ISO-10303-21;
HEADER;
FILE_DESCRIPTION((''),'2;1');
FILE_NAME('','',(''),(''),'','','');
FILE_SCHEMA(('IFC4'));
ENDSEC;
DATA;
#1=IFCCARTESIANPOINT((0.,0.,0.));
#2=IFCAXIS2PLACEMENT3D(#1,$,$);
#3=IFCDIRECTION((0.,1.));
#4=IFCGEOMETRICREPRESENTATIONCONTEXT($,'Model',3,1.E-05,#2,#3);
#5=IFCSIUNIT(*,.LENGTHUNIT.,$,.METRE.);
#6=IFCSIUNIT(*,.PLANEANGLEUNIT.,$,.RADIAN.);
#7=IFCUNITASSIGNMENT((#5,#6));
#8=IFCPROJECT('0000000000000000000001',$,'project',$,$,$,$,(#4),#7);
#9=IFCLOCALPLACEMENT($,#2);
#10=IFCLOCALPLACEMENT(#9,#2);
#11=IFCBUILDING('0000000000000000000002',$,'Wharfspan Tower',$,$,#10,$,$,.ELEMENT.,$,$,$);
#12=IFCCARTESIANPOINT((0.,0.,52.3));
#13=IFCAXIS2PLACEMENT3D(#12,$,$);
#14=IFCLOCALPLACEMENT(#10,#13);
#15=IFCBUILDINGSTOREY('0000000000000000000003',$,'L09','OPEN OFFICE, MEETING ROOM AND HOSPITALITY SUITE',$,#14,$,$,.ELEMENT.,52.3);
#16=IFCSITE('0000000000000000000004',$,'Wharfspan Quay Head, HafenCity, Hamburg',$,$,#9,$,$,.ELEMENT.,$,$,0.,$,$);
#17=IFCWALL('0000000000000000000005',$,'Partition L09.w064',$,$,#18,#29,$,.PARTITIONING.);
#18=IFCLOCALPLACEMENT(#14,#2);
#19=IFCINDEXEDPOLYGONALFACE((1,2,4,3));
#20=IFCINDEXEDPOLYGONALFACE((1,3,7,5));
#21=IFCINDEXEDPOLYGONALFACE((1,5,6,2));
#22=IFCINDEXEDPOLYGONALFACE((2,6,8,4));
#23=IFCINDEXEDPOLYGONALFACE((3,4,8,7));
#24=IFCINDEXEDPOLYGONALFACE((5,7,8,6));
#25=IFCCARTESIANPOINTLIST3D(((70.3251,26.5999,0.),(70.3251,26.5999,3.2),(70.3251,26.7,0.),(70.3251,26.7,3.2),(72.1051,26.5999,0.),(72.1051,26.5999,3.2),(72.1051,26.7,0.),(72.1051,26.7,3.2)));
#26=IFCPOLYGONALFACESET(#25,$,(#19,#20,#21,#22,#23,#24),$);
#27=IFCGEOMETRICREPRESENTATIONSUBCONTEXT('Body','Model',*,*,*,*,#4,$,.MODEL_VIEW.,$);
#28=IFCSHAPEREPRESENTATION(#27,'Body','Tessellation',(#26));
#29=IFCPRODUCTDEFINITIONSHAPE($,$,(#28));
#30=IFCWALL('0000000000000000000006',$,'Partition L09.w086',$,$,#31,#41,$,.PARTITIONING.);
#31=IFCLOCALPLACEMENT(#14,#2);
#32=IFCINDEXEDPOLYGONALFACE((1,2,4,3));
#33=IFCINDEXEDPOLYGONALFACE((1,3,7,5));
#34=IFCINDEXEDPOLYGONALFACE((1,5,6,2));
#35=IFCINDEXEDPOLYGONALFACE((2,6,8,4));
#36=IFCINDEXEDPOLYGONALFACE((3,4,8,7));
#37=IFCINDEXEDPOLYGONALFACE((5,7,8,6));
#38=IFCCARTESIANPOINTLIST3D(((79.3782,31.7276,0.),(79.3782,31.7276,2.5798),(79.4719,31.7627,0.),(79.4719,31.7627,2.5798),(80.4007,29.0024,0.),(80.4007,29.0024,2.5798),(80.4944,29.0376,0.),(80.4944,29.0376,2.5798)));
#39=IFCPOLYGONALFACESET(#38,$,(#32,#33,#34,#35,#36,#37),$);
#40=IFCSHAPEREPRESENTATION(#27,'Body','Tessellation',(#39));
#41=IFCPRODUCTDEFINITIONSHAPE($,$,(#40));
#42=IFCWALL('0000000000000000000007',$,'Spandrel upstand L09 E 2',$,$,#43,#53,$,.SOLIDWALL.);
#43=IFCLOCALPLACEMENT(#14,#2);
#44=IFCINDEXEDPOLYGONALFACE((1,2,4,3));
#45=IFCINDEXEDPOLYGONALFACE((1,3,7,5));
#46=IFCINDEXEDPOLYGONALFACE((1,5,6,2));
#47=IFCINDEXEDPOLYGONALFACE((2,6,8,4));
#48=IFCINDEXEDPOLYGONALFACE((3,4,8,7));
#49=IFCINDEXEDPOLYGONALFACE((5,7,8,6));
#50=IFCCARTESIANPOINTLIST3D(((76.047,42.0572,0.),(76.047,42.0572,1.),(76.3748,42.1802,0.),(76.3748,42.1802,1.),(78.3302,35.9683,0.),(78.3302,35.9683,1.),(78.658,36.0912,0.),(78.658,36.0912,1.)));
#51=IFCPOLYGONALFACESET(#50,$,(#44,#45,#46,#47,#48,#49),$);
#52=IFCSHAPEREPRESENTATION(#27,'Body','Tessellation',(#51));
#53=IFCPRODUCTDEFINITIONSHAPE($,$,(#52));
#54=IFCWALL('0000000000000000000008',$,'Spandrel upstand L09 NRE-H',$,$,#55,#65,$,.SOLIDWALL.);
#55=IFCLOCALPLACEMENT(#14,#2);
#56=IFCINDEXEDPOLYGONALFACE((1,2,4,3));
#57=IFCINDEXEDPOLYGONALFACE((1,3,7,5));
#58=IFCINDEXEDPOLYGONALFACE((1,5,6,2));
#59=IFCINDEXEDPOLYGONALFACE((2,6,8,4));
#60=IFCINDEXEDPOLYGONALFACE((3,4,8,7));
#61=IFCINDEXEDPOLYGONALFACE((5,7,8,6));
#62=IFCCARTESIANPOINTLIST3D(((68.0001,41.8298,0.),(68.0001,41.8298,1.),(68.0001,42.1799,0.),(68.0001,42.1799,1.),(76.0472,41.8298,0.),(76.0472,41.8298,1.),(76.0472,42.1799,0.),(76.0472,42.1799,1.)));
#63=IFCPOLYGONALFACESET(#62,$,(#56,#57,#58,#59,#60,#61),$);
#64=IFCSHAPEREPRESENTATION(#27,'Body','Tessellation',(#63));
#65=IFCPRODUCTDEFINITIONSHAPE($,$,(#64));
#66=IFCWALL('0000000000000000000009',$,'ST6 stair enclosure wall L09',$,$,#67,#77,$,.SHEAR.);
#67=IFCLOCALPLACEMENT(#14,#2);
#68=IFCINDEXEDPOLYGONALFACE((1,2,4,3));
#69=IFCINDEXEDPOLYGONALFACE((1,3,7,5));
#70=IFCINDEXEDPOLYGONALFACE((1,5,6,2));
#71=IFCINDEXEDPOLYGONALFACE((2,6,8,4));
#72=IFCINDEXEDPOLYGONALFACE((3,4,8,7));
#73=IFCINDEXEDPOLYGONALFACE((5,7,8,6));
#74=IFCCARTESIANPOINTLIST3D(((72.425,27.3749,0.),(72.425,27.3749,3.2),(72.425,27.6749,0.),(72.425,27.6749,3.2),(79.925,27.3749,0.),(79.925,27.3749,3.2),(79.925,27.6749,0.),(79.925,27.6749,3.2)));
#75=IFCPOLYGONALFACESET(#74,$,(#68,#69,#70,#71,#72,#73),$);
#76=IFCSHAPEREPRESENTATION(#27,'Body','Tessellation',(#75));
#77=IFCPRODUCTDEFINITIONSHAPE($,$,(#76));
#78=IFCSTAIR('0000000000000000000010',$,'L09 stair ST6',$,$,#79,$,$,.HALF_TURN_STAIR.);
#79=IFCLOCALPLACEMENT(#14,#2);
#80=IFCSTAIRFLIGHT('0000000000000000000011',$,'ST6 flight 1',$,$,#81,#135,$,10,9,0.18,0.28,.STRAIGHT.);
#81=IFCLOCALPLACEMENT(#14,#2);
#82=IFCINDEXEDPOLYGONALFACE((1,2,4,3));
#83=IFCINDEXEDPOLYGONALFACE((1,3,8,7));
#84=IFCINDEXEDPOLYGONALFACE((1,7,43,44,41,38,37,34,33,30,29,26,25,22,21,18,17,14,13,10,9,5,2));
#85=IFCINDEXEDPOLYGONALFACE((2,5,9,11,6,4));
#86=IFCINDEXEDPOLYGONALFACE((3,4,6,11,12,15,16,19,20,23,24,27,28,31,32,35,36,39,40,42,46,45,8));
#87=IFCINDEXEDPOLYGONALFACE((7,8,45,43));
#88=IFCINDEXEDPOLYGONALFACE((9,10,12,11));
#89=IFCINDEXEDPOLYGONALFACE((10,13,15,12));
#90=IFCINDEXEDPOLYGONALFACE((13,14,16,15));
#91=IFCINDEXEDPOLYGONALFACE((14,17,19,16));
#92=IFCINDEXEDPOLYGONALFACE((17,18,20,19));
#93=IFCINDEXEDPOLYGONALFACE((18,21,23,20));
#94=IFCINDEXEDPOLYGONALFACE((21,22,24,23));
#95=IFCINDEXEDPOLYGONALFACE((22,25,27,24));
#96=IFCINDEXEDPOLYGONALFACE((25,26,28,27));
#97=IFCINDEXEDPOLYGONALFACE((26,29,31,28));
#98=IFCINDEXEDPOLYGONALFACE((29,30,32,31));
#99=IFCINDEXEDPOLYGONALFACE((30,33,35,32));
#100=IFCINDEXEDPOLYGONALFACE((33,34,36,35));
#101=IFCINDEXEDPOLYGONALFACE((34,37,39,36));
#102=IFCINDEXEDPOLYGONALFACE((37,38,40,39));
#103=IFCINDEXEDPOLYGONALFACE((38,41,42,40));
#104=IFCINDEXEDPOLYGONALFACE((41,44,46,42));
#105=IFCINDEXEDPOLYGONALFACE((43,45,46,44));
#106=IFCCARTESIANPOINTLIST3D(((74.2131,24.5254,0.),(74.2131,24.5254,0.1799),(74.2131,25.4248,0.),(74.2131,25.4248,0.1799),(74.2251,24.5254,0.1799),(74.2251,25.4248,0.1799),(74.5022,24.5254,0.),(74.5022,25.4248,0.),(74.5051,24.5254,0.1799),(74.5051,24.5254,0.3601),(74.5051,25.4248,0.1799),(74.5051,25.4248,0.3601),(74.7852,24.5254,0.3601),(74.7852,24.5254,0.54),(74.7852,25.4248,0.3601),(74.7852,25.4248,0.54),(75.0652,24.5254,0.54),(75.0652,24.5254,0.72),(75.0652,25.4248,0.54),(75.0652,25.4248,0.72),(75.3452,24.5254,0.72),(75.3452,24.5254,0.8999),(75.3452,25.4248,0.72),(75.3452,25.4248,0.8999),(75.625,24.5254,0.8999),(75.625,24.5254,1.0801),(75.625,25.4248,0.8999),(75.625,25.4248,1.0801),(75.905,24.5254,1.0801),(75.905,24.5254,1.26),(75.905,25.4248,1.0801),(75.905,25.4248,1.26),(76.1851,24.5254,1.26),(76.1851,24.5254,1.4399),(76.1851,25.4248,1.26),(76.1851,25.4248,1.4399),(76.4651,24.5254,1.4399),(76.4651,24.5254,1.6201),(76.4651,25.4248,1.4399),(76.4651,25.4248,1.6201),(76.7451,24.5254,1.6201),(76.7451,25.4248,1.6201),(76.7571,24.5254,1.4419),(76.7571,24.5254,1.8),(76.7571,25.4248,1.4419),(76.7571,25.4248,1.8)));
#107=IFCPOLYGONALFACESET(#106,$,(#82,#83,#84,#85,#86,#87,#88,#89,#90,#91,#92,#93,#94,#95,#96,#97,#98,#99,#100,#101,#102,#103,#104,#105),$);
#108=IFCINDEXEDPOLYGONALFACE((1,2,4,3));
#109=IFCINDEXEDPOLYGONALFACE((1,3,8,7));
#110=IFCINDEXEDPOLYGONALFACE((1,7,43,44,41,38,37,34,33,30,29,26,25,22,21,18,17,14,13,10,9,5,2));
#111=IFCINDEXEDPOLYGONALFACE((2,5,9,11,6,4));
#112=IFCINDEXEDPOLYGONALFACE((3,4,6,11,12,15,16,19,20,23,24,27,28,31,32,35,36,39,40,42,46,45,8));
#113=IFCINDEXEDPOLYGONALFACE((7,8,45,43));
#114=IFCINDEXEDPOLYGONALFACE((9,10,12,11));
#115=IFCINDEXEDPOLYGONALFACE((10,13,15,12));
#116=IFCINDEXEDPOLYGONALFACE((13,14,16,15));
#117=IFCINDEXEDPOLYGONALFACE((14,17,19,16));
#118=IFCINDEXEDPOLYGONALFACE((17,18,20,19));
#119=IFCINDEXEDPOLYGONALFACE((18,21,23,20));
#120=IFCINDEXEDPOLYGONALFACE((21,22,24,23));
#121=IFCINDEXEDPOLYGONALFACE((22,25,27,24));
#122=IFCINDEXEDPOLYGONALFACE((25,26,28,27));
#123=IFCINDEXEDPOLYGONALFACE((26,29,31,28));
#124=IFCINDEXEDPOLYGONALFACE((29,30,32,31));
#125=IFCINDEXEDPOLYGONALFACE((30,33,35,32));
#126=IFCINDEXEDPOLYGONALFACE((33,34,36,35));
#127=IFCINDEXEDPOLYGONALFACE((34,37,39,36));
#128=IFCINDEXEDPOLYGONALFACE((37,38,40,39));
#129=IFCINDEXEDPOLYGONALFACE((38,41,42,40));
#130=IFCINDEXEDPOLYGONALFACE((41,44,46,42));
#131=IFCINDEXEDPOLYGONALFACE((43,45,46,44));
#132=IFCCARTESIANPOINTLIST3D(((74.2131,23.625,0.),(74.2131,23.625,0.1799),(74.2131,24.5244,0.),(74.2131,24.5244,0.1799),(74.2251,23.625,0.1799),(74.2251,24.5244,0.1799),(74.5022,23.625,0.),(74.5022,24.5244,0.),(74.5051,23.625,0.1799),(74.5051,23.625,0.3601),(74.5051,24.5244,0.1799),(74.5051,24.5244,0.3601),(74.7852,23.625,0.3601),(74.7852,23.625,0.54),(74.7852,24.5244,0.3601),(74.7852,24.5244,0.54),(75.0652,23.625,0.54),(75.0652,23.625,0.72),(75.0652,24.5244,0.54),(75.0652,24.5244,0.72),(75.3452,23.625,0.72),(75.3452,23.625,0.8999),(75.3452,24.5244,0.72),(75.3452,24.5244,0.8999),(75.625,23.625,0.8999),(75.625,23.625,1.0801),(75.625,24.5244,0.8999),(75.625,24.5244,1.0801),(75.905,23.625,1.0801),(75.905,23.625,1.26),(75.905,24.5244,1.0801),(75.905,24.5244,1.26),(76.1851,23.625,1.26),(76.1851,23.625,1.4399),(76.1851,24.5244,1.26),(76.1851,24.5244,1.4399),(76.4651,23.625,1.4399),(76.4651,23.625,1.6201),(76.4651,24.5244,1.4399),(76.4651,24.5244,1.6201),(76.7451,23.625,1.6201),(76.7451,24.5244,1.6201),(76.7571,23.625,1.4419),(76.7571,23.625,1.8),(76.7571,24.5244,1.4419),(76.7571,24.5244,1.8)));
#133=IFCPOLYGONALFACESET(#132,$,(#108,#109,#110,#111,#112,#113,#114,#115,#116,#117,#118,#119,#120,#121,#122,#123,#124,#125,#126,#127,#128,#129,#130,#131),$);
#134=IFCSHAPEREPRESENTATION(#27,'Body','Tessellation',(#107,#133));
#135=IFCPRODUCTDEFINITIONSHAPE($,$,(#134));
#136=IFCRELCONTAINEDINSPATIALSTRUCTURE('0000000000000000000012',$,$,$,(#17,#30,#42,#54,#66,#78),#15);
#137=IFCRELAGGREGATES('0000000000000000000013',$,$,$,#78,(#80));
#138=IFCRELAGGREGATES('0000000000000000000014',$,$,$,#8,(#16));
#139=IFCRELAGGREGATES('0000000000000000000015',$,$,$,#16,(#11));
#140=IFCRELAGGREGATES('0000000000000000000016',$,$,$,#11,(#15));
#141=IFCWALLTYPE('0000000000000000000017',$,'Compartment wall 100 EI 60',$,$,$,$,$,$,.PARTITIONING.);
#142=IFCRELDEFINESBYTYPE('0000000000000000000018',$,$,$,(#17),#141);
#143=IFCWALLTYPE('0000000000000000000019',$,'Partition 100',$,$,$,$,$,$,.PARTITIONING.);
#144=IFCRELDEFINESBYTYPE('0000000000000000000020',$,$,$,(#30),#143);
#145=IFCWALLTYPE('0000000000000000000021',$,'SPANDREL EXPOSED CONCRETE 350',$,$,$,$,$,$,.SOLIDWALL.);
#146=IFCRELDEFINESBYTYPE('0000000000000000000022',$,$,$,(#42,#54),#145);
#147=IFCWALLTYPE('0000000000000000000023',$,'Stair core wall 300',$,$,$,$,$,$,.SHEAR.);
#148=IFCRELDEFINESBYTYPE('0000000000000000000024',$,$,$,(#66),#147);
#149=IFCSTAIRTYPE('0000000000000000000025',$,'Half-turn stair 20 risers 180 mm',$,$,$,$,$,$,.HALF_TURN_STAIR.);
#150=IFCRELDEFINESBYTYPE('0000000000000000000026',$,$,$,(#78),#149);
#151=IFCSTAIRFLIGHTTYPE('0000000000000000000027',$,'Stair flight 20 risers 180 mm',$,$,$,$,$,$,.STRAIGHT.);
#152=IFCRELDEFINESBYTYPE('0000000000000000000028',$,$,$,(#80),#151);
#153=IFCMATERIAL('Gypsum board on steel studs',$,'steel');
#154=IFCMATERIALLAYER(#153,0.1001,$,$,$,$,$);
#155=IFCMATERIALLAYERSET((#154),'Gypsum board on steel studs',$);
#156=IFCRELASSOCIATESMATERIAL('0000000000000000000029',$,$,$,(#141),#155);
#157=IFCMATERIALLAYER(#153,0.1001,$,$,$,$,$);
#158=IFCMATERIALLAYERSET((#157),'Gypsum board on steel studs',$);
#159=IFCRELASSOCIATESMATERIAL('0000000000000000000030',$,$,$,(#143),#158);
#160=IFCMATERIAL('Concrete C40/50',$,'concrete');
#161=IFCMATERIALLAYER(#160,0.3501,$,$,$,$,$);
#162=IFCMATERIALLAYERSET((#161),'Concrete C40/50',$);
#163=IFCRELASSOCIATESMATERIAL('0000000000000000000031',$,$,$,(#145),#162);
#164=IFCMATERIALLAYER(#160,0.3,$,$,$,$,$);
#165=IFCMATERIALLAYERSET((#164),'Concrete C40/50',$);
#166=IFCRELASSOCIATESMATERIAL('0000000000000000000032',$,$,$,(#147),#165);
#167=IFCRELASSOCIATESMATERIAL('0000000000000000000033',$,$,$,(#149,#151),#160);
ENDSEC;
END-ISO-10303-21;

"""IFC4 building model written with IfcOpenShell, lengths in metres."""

from ifc_helpers import new_model, si_unit, direction, frame, frame_2d, origin, place, context, subcontext, project, spatial, polyline, rectangle, outline, extrude, material, layer, layer_set, type_object, element, aggregate, save


model = new_model("IFC4")

# Units and contexts
model_context = context("Model", 3, precision=1e-05, world=origin(), true_north=direction((0.0, 1.0)))
body_context = subcontext(model_context, "Body", "Model", "MODEL_VIEW")
ifc_project = project(units=[si_unit("LENGTHUNIT", "METRE"), si_unit("PLANEANGLEUNIT", "RADIAN")], contexts=[model_context])

# Site, building, storey
site_placement = place(None, origin())
site = spatial("IfcSite", under=ifc_project, at=site_placement, Name="Wharfspan Quay Head, HafenCity, Hamburg", CompositionType="ELEMENT", RefElevation=0.0)
building_placement = place(site_placement, origin())
building = spatial("IfcBuilding", under=site, at=building_placement, Name="Wharfspan Tower", CompositionType="ELEMENT")
storey_placement = place(building_placement, frame((0.0, 0.0, 52.3)))
storey = spatial("IfcBuildingStorey", under=building, at=storey_placement, Name="L09", Description="OPEN OFFICE, MEETING ROOM AND HOSPITALITY SUITE", CompositionType="ELEMENT", Elevation=52.3)

# Walls
ifc_material_1 = material(Name="Gypsum board on steel studs", Category="steel")
ifc_layer_1 = layer(ifc_material_1, 0.1001)
ifc_layer_set_1 = layer_set([ifc_layer_1], Name="Gypsum board on steel studs")
wall_type_1 = type_object("IfcWallType", Name="Compartment wall 100 EI 60", PredefinedType="PARTITIONING", material=ifc_layer_set_1)
wall_1_placement = place(storey_placement, frame((70.325, 26.6499, 0.0), z_axis=(0.0, 0.0, 1.0), x_axis=(1.0, 0.0, 0.0)))
element("IfcWall", 1, at=wall_1_placement, inside=storey, type_object=wall_type_1, Name="Partition L09.w064", PredefinedType="PARTITIONING", context=body_context, shape_type="SweptSolid", body=[
    extrude(rectangle(XDim=1.78, YDim=0.1001, at=frame_2d((0.8901, 0.0))), origin(), (0.0, 0.0, 1.0), 3.2),
])
ifc_layer_2 = layer(ifc_material_1, 0.1001)
ifc_layer_set_2 = layer_set([ifc_layer_2], Name="Gypsum board on steel studs")
wall_type_2 = type_object("IfcWallType", Name="Partition 100", PredefinedType="PARTITIONING", material=ifc_layer_set_2)
wall_2_placement = place(storey_placement, frame((80.4475, 29.02, 0.0), z_axis=(0.0, 0.0, 1.0), x_axis=(-0.35129, 0.93627, 0.0)))
element("IfcWall", 2, at=wall_2_placement, inside=storey, type_object=wall_type_2, Name="Partition L09.w086", PredefinedType="PARTITIONING", context=body_context, shape_type="SweptSolid", body=[
    extrude(rectangle(XDim=2.9106, YDim=0.1001, at=frame_2d((1.4553, 0.0))), origin(), (0.0, 0.0, 1.0), 2.5798),
])
ifc_material_2 = material(Name="Concrete C40/50", Category="concrete")
ifc_layer_3 = layer(ifc_material_2, 0.3501)
ifc_layer_set_3 = layer_set([ifc_layer_3], Name="Concrete C40/50")
wall_type_3 = type_object("IfcWallType", Name="SPANDREL EXPOSED CONCRETE 350", PredefinedType="SOLIDWALL", material=ifc_layer_set_3)
wall_3_placement = place(storey_placement, frame((78.4941, 36.0298, 0.0), z_axis=(0.0, 0.0, 1.0), x_axis=(-0.351108, 0.936338, 0.0)))
element("IfcWall", 3, at=wall_3_placement, inside=storey, type_object=wall_type_3, Name="Spandrel upstand L09 E 2", PredefinedType="SOLIDWALL", context=body_context, shape_type="SweptSolid", body=[
    extrude(rectangle(XDim=6.5029, YDim=0.3501, at=frame_2d((3.2515, 0.0))), origin(), (0.0, 0.0, 1.0), 1.0),
])
wall_4_placement = place(storey_placement, frame((76.0471, 42.0049, 0.0), z_axis=(0.0, 0.0, 1.0), x_axis=(-1.0, 0.0, 0.0)))
element("IfcWall", 4, at=wall_4_placement, inside=storey, type_object=wall_type_3, Name="Spandrel upstand L09 NRE-H", PredefinedType="SOLIDWALL", context=body_context, shape_type="SweptSolid", body=[
    extrude(rectangle(XDim=8.0471, YDim=0.3501, at=frame_2d((4.0234, 0.0))), origin(), (0.0, 0.0, 1.0), 1.0),
])
ifc_layer_4 = layer(ifc_material_2, 0.3)
ifc_layer_set_4 = layer_set([ifc_layer_4], Name="Concrete C40/50")
wall_type_4 = type_object("IfcWallType", Name="Stair core wall 300", PredefinedType="SHEAR", material=ifc_layer_set_4)
wall_5_placement = place(storey_placement, frame((72.425, 27.5249, 0.0), z_axis=(0.0, 0.0, 1.0), x_axis=(1.0, 0.0, 0.0)))
element("IfcWall", 5, at=wall_5_placement, inside=storey, type_object=wall_type_4, Name="ST6 stair enclosure wall L09", PredefinedType="SHEAR", context=body_context, shape_type="SweptSolid", body=[
    extrude(rectangle(XDim=7.5, YDim=0.3, at=frame_2d((3.75, 0.0))), origin(), (0.0, 0.0, 1.0), 3.2),
])

# Stair, stair flight
stair_type = type_object("IfcStairType", Name="Half-turn stair 20 risers 180 mm", PredefinedType="HALF_TURN_STAIR", material=ifc_material_2)
stair_placement = place(storey_placement, origin())
stair = element("IfcStair", 6, at=stair_placement, inside=storey, type_object=stair_type, Name="L09 stair ST6", PredefinedType="HALF_TURN_STAIR")
stair_flight_type = type_object("IfcStairFlightType", Name="Stair flight 20 risers 180 mm", PredefinedType="STRAIGHT", material=ifc_material_2)
stair_flight_1_placement = place(storey_placement, frame((74.2251, 24.5249, 0.0), z_axis=(0.0, 0.0, 1.0), x_axis=(1.0, 0.0, 0.0)))
stair_flight_1 = element("IfcStairFlight", 7, at=stair_flight_1_placement, type_object=stair_flight_type, Name="ST6 flight 1", NumberOfRisers=10, NumberOfTreads=9, PredefinedType="STRAIGHT", RiserHeight=0.18, TreadLength=0.28, context=body_context, shape_type="SweptSolid", body=[
    extrude(outline(polyline([(-0.012, 0.0), (-0.012, 0.1799), (0.0, 0.1799), (0.28, 0.1799), (0.28, 0.3601), (0.5601, 0.3601), (0.5601, 0.54), (0.8401, 0.54), (0.8401, 0.72), (1.1201, 0.72), (1.1201, 0.8999), (1.3999, 0.8999), (1.3999, 1.0801), (1.6799, 1.0801), (1.6799, 1.26), (1.96, 1.26), (1.96, 1.4399), (2.24, 1.4399), (2.24, 1.6201), (2.52, 1.6201), (2.532, 1.8), (2.532, 1.4419), (0.2771, 0.0), (-0.012, 0.0)])), frame((0.0, 0.8999, 0.0), z_axis=(0.0, -1.0, 0.0), x_axis=(1.0, 0.0, 0.0)), (0.0, 0.0, 1.0), 0.8994),
    extrude(outline(polyline([(-0.012, 0.0), (-0.012, 0.1799), (0.0, 0.1799), (0.28, 0.1799), (0.28, 0.3601), (0.5601, 0.3601), (0.5601, 0.54), (0.8401, 0.54), (0.8401, 0.72), (1.1201, 0.72), (1.1201, 0.8999), (1.3999, 0.8999), (1.3999, 1.0801), (1.6799, 1.0801), (1.6799, 1.26), (1.96, 1.26), (1.96, 1.4399), (2.24, 1.4399), (2.24, 1.6201), (2.52, 1.6201), (2.532, 1.8), (2.532, 1.4419), (0.2771, 0.0), (-0.012, 0.0)])), frame((0.0, -0.0005, 0.0), z_axis=(0.0, -1.0, 0.0), x_axis=(1.0, 0.0, 0.0)), (0.0, 0.0, 1.0), 0.8994),
])
aggregate(stair, [stair_flight_1])

save(model, "model.ifc")
